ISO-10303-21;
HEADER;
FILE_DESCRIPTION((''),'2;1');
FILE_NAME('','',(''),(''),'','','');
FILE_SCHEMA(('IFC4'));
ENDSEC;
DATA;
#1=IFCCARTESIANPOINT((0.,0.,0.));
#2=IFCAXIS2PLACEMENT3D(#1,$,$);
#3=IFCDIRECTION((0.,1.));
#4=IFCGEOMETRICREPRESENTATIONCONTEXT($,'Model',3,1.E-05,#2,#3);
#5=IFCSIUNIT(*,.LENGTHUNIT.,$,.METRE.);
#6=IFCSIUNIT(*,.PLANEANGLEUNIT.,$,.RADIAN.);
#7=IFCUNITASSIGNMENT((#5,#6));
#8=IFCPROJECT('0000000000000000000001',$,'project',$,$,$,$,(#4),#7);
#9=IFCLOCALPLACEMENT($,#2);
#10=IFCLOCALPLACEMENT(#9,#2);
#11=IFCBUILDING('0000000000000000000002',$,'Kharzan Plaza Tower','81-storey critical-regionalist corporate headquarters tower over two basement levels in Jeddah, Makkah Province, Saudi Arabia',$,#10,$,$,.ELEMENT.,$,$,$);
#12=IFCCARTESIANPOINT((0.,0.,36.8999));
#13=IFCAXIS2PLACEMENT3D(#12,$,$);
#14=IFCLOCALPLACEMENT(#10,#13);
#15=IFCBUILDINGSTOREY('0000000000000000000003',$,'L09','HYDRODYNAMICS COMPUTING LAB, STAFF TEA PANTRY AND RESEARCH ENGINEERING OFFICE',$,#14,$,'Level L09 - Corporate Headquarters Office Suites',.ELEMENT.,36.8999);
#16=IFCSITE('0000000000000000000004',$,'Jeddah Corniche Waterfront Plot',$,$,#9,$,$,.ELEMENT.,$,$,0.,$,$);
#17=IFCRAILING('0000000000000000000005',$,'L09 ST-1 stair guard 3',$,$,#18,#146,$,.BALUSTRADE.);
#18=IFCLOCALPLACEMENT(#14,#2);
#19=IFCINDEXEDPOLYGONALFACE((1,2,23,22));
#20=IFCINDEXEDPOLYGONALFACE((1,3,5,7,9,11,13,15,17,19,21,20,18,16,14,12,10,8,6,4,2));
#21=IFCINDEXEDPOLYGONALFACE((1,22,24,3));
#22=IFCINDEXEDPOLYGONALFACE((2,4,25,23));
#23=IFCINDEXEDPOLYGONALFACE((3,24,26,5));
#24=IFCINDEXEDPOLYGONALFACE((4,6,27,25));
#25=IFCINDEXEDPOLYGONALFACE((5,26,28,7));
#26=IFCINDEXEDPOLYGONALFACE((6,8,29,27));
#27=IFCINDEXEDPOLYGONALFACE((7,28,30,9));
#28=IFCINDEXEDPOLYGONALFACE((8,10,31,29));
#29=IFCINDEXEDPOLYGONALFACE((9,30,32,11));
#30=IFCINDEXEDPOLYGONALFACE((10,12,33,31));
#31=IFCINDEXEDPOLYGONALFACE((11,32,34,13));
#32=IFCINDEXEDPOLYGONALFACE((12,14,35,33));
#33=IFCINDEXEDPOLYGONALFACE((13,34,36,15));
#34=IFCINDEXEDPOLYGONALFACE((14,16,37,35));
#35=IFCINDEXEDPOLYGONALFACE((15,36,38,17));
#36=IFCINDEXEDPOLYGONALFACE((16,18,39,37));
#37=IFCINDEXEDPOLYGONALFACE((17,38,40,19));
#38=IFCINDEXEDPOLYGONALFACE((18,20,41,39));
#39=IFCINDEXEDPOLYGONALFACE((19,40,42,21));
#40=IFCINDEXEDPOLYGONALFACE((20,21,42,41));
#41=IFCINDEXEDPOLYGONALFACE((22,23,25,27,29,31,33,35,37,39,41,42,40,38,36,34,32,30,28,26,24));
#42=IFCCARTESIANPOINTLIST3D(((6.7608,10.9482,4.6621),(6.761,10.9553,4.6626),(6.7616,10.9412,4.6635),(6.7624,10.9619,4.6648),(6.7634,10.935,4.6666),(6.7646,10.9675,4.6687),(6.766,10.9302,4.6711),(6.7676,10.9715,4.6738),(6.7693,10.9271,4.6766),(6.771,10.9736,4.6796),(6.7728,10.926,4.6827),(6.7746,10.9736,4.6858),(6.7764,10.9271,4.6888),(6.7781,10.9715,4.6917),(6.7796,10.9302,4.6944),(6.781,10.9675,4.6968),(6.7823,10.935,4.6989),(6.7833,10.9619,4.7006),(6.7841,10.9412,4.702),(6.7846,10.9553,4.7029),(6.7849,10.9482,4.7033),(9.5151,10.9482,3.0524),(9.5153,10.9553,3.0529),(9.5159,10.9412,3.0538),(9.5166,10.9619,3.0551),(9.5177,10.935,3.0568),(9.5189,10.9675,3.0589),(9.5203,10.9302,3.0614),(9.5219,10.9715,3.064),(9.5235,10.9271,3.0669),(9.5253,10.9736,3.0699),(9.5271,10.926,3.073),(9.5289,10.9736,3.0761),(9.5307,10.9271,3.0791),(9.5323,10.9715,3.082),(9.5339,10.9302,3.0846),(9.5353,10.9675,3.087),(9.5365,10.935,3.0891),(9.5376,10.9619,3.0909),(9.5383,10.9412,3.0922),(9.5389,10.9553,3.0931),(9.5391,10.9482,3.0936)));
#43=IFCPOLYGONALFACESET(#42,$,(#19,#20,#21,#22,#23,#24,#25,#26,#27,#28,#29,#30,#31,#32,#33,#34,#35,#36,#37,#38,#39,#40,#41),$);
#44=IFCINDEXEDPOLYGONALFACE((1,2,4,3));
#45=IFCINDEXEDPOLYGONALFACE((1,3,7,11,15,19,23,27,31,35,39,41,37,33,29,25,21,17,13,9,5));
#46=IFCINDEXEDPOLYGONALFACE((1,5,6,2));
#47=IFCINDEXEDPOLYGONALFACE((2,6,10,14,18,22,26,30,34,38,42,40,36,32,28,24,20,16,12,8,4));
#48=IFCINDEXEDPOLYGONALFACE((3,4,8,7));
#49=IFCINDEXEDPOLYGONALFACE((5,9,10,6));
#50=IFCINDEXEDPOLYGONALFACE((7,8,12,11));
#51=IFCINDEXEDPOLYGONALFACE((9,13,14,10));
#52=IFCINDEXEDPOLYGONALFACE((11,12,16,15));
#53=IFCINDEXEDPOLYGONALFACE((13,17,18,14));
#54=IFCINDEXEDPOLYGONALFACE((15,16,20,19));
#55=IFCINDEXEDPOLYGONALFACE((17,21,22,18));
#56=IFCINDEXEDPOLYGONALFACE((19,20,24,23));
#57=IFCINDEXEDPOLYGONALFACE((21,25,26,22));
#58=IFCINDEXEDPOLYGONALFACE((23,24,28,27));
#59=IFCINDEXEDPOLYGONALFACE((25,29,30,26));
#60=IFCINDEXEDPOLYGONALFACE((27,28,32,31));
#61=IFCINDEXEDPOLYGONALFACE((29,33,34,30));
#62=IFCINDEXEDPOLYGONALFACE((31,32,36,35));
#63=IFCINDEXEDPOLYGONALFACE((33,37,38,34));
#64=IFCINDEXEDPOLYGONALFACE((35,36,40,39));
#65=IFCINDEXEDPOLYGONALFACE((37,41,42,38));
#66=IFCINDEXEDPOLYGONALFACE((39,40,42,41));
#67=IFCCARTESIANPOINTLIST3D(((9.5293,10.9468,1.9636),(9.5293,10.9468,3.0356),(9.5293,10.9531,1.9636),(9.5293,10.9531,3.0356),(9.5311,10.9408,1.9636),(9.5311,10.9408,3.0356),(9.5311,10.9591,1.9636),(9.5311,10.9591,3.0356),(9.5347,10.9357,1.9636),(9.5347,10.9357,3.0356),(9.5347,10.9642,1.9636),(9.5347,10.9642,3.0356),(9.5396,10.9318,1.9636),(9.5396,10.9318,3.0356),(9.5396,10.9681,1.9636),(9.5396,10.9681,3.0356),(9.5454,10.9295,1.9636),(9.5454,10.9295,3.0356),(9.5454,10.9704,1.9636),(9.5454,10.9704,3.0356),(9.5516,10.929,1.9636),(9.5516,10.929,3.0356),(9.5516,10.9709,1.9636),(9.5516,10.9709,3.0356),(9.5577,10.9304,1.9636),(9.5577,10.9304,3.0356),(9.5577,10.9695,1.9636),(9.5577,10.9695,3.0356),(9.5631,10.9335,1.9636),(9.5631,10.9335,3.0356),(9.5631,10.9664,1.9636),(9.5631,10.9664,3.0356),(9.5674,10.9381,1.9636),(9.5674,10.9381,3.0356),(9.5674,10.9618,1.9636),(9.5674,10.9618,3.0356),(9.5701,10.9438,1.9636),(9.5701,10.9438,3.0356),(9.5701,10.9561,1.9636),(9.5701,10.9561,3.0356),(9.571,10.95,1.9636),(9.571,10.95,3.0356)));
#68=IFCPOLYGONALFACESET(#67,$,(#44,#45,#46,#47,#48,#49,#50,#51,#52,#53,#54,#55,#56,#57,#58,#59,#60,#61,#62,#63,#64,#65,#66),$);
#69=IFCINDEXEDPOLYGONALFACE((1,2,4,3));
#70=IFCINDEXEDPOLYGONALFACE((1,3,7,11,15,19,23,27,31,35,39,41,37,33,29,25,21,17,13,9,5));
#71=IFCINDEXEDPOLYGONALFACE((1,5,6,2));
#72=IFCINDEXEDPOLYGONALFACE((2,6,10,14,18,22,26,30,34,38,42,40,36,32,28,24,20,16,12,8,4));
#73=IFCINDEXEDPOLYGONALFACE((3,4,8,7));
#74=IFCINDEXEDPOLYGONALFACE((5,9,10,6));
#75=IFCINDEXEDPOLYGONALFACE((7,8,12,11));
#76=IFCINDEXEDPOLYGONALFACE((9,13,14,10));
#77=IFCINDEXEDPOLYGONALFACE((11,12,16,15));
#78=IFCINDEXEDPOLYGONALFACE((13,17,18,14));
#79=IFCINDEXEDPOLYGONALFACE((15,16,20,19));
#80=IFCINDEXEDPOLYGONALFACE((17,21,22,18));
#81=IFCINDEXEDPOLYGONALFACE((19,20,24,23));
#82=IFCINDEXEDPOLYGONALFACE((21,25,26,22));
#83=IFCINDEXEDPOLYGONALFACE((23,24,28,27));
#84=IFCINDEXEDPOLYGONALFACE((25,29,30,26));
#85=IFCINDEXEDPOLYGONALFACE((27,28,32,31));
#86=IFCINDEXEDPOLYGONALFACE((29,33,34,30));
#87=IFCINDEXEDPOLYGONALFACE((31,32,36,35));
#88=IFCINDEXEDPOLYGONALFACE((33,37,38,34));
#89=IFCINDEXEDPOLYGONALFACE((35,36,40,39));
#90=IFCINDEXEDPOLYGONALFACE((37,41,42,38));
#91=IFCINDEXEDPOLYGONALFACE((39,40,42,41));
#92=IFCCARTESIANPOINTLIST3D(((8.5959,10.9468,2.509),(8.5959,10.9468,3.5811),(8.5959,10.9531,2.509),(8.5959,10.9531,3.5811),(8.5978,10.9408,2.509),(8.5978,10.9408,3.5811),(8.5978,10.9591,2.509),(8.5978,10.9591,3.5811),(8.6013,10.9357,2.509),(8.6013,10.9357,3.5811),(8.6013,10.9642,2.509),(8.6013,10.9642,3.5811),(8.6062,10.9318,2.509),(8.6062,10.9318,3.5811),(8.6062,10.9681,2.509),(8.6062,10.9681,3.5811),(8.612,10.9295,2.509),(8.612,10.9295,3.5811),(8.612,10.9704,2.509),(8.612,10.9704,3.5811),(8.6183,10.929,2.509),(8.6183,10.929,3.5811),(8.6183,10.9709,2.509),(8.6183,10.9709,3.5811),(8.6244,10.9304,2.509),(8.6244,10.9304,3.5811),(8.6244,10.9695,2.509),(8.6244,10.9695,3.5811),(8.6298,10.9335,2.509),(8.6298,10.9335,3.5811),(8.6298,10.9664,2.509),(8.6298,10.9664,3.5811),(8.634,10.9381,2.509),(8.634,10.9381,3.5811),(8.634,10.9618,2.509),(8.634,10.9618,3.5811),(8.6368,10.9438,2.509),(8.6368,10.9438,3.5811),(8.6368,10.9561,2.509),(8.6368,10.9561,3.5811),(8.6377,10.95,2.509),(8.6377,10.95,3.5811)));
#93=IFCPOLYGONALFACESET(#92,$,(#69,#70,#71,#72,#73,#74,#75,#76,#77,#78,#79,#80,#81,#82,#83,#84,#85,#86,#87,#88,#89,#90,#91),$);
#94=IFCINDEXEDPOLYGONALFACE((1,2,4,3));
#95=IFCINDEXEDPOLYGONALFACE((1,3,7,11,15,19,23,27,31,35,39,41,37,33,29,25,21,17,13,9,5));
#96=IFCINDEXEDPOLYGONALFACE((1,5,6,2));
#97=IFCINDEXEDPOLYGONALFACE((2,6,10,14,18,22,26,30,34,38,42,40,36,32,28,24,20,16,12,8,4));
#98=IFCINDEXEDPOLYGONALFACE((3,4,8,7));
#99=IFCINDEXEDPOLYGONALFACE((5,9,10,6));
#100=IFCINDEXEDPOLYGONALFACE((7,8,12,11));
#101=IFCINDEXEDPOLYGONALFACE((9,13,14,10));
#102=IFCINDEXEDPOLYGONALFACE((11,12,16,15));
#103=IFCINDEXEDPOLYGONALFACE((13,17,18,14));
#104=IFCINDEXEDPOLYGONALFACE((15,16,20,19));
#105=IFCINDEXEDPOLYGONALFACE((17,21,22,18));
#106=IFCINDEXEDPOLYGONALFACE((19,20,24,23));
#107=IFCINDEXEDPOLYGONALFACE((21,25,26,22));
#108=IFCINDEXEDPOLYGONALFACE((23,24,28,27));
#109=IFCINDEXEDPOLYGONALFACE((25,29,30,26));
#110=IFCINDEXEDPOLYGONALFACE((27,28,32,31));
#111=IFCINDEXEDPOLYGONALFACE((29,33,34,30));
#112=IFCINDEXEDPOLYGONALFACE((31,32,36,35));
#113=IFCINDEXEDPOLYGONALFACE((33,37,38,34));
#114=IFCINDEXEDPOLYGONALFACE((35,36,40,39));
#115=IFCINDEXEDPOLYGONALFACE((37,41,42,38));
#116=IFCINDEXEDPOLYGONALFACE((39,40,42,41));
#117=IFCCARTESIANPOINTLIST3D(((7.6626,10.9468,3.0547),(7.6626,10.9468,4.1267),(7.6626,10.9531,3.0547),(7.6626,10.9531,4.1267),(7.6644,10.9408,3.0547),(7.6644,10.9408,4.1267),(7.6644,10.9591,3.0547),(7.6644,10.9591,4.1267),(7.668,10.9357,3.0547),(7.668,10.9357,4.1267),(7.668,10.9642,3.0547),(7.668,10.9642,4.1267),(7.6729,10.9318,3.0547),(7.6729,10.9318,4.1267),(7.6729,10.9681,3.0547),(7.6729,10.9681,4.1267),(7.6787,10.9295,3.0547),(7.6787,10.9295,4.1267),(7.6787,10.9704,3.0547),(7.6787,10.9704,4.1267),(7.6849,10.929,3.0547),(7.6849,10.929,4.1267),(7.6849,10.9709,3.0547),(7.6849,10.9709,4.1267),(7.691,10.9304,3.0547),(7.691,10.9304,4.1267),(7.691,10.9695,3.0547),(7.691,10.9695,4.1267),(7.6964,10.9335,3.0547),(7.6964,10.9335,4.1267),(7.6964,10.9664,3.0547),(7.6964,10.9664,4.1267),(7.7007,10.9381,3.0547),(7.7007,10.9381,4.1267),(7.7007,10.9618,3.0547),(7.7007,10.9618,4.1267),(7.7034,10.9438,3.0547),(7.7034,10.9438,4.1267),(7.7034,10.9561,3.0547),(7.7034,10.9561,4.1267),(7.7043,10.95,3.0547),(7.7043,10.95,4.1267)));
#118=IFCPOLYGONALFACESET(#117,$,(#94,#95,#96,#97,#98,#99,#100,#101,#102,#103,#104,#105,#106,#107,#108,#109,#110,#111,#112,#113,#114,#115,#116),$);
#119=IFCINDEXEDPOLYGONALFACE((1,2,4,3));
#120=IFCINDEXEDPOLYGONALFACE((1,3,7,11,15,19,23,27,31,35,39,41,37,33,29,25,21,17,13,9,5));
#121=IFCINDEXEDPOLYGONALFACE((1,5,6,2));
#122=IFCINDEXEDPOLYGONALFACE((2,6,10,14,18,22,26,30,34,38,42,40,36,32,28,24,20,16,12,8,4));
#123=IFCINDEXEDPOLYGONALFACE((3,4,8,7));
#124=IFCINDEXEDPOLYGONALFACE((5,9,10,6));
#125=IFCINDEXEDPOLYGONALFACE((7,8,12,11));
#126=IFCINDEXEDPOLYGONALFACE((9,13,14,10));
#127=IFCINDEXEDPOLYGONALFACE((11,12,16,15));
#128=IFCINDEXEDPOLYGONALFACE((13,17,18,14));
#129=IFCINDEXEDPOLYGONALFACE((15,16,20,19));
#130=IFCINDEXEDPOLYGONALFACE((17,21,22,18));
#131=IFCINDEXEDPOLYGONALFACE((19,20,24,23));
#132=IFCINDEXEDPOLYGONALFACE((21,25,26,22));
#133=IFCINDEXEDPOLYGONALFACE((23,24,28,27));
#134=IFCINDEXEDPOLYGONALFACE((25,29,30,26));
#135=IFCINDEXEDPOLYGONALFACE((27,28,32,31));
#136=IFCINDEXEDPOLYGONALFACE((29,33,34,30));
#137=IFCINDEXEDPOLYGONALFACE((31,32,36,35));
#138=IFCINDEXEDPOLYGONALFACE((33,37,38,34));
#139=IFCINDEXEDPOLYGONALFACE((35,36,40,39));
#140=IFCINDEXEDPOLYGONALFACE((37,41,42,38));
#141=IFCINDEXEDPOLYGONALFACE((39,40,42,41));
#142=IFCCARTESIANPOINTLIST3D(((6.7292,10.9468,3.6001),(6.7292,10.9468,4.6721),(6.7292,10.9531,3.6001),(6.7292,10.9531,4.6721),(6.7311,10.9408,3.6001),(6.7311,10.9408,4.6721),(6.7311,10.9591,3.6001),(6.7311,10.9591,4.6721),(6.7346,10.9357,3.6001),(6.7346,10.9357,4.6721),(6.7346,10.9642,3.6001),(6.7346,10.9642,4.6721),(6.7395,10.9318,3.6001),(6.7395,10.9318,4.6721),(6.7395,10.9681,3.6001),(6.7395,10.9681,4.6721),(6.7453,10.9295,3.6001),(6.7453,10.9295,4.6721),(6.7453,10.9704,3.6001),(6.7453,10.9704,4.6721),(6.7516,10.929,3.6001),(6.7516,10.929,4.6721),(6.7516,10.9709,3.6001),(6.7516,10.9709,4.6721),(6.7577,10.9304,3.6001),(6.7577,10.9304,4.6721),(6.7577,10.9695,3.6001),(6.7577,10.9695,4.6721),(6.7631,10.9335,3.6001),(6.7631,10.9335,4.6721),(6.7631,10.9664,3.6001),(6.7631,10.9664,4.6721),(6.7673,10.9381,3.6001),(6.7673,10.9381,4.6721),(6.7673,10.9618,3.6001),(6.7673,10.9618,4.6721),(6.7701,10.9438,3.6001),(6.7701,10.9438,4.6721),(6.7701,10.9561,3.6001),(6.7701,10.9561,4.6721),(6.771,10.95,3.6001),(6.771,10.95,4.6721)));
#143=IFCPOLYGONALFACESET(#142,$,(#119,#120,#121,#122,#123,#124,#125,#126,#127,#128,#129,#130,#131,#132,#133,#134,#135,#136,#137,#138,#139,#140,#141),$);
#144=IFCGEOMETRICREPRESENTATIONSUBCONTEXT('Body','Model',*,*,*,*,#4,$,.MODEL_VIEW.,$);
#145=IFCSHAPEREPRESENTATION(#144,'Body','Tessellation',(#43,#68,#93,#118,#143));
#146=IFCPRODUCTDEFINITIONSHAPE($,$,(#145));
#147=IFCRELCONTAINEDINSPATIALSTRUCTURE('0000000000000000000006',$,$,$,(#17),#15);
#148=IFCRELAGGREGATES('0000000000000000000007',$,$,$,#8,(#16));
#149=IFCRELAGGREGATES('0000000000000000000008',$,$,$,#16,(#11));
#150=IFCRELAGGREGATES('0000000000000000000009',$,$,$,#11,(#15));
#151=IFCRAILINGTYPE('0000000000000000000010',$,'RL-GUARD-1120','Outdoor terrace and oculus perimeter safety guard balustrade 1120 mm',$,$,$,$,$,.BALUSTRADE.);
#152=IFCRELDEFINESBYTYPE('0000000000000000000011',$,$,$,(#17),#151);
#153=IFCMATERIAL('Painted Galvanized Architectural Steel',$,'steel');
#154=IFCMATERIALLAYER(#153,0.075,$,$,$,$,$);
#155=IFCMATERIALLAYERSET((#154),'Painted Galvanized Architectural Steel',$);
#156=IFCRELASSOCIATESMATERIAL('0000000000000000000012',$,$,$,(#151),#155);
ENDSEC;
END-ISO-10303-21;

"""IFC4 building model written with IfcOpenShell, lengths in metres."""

from ifc_helpers import new_model, si_unit, direction, frame, origin, origin_2d, place, context, subcontext, project, spatial, circle, extrude, source, transform, mapped, material, layer, layer_set, type_object, element, save


model = new_model("IFC4")

# Units and contexts
model_context = context("Model", 3, precision=1e-05, world=origin(), true_north=direction((0.0, 1.0)))
body_context = subcontext(model_context, "Body", "Model", "MODEL_VIEW")
ifc_project = project(units=[si_unit("LENGTHUNIT", "METRE"), si_unit("PLANEANGLEUNIT", "RADIAN")], contexts=[model_context])

# Site, building, storey
site_placement = place(None, origin())
site = spatial("IfcSite", under=ifc_project, at=site_placement, Name="Jeddah Corniche Waterfront Plot", CompositionType="ELEMENT", RefElevation=0.0)
building_placement = place(site_placement, origin())
building = spatial("IfcBuilding", under=site, at=building_placement, Name="Kharzan Plaza Tower", Description="81-storey critical-regionalist corporate headquarters tower over two basement levels in Jeddah, Makkah Province, Saudi Arabia", CompositionType="ELEMENT")
storey_placement = place(building_placement, frame((0.0, 0.0, 36.8999)))
storey = spatial("IfcBuildingStorey", under=building, at=storey_placement, Name="L09", Description="HYDRODYNAMICS COMPUTING LAB, STAFF TEA PANTRY AND RESEARCH ENGINEERING OFFICE", LongName="Level L09 - Corporate Headquarters Office Suites", CompositionType="ELEMENT", Elevation=36.8999)

# Railing
ifc_material_1 = material(Name="Painted Galvanized Architectural Steel", Category="steel")
ifc_layer_1 = layer(ifc_material_1, 0.075)
ifc_layer_set_1 = layer_set([ifc_layer_1], Name="Painted Galvanized Architectural Steel")
railing_type_1 = type_object("IfcRailingType", Name="RL-GUARD-1120", Description="Outdoor terrace and oculus perimeter safety guard balustrade 1120 mm", PredefinedType="BALUSTRADE", material=ifc_layer_set_1)
shared_shape_1 = source(origin(), body_context, "Body", "SweptSolid", [
    extrude(circle(Radius=0.0239, at=origin_2d()), frame((-0.0229, 0.0, 1.1094), z_axis=(-0.863361, 0.0, 0.504587), x_axis=(0.0, -1.0, 0.0)), (0.0, 0.0, 1.0), 3.1902),
    extrude(circle(Radius=0.021, at=origin_2d()), origin(), (0.0, 0.0, 1.0), 1.072),
    extrude(circle(Radius=0.021, at=origin_2d()), frame((-0.9333, 0.0, 0.5454)), (0.0, 0.0, 1.0), 1.072),
    extrude(circle(Radius=0.021, at=origin_2d()), frame((-1.8667, 0.0, 1.0911)), (0.0, 0.0, 1.0), 1.072),
    extrude(circle(Radius=0.021, at=origin_2d()), frame((-2.8, 0.0, 1.6365)), (0.0, 0.0, 1.0), 1.072),
])
railing_1_placement = place(storey_placement, frame((9.55, 10.95, 1.9636)))
element("IfcRailing", 1, at=railing_1_placement, inside=storey, type_object=railing_type_1, Name="L09 ST-1 stair guard 3", PredefinedType="BALUSTRADE", context=body_context, shape_type="MappedRepresentation", body=[
    mapped(shared_shape_1, transform((0.0, 0.0, 0.0), x_axis=(1.0, 0.0, 0.0), y_axis=(0.0, 1.0, 0.0), z_axis=(0.0, 0.0, 1.0))),
])

save(model, "model.ifc")
